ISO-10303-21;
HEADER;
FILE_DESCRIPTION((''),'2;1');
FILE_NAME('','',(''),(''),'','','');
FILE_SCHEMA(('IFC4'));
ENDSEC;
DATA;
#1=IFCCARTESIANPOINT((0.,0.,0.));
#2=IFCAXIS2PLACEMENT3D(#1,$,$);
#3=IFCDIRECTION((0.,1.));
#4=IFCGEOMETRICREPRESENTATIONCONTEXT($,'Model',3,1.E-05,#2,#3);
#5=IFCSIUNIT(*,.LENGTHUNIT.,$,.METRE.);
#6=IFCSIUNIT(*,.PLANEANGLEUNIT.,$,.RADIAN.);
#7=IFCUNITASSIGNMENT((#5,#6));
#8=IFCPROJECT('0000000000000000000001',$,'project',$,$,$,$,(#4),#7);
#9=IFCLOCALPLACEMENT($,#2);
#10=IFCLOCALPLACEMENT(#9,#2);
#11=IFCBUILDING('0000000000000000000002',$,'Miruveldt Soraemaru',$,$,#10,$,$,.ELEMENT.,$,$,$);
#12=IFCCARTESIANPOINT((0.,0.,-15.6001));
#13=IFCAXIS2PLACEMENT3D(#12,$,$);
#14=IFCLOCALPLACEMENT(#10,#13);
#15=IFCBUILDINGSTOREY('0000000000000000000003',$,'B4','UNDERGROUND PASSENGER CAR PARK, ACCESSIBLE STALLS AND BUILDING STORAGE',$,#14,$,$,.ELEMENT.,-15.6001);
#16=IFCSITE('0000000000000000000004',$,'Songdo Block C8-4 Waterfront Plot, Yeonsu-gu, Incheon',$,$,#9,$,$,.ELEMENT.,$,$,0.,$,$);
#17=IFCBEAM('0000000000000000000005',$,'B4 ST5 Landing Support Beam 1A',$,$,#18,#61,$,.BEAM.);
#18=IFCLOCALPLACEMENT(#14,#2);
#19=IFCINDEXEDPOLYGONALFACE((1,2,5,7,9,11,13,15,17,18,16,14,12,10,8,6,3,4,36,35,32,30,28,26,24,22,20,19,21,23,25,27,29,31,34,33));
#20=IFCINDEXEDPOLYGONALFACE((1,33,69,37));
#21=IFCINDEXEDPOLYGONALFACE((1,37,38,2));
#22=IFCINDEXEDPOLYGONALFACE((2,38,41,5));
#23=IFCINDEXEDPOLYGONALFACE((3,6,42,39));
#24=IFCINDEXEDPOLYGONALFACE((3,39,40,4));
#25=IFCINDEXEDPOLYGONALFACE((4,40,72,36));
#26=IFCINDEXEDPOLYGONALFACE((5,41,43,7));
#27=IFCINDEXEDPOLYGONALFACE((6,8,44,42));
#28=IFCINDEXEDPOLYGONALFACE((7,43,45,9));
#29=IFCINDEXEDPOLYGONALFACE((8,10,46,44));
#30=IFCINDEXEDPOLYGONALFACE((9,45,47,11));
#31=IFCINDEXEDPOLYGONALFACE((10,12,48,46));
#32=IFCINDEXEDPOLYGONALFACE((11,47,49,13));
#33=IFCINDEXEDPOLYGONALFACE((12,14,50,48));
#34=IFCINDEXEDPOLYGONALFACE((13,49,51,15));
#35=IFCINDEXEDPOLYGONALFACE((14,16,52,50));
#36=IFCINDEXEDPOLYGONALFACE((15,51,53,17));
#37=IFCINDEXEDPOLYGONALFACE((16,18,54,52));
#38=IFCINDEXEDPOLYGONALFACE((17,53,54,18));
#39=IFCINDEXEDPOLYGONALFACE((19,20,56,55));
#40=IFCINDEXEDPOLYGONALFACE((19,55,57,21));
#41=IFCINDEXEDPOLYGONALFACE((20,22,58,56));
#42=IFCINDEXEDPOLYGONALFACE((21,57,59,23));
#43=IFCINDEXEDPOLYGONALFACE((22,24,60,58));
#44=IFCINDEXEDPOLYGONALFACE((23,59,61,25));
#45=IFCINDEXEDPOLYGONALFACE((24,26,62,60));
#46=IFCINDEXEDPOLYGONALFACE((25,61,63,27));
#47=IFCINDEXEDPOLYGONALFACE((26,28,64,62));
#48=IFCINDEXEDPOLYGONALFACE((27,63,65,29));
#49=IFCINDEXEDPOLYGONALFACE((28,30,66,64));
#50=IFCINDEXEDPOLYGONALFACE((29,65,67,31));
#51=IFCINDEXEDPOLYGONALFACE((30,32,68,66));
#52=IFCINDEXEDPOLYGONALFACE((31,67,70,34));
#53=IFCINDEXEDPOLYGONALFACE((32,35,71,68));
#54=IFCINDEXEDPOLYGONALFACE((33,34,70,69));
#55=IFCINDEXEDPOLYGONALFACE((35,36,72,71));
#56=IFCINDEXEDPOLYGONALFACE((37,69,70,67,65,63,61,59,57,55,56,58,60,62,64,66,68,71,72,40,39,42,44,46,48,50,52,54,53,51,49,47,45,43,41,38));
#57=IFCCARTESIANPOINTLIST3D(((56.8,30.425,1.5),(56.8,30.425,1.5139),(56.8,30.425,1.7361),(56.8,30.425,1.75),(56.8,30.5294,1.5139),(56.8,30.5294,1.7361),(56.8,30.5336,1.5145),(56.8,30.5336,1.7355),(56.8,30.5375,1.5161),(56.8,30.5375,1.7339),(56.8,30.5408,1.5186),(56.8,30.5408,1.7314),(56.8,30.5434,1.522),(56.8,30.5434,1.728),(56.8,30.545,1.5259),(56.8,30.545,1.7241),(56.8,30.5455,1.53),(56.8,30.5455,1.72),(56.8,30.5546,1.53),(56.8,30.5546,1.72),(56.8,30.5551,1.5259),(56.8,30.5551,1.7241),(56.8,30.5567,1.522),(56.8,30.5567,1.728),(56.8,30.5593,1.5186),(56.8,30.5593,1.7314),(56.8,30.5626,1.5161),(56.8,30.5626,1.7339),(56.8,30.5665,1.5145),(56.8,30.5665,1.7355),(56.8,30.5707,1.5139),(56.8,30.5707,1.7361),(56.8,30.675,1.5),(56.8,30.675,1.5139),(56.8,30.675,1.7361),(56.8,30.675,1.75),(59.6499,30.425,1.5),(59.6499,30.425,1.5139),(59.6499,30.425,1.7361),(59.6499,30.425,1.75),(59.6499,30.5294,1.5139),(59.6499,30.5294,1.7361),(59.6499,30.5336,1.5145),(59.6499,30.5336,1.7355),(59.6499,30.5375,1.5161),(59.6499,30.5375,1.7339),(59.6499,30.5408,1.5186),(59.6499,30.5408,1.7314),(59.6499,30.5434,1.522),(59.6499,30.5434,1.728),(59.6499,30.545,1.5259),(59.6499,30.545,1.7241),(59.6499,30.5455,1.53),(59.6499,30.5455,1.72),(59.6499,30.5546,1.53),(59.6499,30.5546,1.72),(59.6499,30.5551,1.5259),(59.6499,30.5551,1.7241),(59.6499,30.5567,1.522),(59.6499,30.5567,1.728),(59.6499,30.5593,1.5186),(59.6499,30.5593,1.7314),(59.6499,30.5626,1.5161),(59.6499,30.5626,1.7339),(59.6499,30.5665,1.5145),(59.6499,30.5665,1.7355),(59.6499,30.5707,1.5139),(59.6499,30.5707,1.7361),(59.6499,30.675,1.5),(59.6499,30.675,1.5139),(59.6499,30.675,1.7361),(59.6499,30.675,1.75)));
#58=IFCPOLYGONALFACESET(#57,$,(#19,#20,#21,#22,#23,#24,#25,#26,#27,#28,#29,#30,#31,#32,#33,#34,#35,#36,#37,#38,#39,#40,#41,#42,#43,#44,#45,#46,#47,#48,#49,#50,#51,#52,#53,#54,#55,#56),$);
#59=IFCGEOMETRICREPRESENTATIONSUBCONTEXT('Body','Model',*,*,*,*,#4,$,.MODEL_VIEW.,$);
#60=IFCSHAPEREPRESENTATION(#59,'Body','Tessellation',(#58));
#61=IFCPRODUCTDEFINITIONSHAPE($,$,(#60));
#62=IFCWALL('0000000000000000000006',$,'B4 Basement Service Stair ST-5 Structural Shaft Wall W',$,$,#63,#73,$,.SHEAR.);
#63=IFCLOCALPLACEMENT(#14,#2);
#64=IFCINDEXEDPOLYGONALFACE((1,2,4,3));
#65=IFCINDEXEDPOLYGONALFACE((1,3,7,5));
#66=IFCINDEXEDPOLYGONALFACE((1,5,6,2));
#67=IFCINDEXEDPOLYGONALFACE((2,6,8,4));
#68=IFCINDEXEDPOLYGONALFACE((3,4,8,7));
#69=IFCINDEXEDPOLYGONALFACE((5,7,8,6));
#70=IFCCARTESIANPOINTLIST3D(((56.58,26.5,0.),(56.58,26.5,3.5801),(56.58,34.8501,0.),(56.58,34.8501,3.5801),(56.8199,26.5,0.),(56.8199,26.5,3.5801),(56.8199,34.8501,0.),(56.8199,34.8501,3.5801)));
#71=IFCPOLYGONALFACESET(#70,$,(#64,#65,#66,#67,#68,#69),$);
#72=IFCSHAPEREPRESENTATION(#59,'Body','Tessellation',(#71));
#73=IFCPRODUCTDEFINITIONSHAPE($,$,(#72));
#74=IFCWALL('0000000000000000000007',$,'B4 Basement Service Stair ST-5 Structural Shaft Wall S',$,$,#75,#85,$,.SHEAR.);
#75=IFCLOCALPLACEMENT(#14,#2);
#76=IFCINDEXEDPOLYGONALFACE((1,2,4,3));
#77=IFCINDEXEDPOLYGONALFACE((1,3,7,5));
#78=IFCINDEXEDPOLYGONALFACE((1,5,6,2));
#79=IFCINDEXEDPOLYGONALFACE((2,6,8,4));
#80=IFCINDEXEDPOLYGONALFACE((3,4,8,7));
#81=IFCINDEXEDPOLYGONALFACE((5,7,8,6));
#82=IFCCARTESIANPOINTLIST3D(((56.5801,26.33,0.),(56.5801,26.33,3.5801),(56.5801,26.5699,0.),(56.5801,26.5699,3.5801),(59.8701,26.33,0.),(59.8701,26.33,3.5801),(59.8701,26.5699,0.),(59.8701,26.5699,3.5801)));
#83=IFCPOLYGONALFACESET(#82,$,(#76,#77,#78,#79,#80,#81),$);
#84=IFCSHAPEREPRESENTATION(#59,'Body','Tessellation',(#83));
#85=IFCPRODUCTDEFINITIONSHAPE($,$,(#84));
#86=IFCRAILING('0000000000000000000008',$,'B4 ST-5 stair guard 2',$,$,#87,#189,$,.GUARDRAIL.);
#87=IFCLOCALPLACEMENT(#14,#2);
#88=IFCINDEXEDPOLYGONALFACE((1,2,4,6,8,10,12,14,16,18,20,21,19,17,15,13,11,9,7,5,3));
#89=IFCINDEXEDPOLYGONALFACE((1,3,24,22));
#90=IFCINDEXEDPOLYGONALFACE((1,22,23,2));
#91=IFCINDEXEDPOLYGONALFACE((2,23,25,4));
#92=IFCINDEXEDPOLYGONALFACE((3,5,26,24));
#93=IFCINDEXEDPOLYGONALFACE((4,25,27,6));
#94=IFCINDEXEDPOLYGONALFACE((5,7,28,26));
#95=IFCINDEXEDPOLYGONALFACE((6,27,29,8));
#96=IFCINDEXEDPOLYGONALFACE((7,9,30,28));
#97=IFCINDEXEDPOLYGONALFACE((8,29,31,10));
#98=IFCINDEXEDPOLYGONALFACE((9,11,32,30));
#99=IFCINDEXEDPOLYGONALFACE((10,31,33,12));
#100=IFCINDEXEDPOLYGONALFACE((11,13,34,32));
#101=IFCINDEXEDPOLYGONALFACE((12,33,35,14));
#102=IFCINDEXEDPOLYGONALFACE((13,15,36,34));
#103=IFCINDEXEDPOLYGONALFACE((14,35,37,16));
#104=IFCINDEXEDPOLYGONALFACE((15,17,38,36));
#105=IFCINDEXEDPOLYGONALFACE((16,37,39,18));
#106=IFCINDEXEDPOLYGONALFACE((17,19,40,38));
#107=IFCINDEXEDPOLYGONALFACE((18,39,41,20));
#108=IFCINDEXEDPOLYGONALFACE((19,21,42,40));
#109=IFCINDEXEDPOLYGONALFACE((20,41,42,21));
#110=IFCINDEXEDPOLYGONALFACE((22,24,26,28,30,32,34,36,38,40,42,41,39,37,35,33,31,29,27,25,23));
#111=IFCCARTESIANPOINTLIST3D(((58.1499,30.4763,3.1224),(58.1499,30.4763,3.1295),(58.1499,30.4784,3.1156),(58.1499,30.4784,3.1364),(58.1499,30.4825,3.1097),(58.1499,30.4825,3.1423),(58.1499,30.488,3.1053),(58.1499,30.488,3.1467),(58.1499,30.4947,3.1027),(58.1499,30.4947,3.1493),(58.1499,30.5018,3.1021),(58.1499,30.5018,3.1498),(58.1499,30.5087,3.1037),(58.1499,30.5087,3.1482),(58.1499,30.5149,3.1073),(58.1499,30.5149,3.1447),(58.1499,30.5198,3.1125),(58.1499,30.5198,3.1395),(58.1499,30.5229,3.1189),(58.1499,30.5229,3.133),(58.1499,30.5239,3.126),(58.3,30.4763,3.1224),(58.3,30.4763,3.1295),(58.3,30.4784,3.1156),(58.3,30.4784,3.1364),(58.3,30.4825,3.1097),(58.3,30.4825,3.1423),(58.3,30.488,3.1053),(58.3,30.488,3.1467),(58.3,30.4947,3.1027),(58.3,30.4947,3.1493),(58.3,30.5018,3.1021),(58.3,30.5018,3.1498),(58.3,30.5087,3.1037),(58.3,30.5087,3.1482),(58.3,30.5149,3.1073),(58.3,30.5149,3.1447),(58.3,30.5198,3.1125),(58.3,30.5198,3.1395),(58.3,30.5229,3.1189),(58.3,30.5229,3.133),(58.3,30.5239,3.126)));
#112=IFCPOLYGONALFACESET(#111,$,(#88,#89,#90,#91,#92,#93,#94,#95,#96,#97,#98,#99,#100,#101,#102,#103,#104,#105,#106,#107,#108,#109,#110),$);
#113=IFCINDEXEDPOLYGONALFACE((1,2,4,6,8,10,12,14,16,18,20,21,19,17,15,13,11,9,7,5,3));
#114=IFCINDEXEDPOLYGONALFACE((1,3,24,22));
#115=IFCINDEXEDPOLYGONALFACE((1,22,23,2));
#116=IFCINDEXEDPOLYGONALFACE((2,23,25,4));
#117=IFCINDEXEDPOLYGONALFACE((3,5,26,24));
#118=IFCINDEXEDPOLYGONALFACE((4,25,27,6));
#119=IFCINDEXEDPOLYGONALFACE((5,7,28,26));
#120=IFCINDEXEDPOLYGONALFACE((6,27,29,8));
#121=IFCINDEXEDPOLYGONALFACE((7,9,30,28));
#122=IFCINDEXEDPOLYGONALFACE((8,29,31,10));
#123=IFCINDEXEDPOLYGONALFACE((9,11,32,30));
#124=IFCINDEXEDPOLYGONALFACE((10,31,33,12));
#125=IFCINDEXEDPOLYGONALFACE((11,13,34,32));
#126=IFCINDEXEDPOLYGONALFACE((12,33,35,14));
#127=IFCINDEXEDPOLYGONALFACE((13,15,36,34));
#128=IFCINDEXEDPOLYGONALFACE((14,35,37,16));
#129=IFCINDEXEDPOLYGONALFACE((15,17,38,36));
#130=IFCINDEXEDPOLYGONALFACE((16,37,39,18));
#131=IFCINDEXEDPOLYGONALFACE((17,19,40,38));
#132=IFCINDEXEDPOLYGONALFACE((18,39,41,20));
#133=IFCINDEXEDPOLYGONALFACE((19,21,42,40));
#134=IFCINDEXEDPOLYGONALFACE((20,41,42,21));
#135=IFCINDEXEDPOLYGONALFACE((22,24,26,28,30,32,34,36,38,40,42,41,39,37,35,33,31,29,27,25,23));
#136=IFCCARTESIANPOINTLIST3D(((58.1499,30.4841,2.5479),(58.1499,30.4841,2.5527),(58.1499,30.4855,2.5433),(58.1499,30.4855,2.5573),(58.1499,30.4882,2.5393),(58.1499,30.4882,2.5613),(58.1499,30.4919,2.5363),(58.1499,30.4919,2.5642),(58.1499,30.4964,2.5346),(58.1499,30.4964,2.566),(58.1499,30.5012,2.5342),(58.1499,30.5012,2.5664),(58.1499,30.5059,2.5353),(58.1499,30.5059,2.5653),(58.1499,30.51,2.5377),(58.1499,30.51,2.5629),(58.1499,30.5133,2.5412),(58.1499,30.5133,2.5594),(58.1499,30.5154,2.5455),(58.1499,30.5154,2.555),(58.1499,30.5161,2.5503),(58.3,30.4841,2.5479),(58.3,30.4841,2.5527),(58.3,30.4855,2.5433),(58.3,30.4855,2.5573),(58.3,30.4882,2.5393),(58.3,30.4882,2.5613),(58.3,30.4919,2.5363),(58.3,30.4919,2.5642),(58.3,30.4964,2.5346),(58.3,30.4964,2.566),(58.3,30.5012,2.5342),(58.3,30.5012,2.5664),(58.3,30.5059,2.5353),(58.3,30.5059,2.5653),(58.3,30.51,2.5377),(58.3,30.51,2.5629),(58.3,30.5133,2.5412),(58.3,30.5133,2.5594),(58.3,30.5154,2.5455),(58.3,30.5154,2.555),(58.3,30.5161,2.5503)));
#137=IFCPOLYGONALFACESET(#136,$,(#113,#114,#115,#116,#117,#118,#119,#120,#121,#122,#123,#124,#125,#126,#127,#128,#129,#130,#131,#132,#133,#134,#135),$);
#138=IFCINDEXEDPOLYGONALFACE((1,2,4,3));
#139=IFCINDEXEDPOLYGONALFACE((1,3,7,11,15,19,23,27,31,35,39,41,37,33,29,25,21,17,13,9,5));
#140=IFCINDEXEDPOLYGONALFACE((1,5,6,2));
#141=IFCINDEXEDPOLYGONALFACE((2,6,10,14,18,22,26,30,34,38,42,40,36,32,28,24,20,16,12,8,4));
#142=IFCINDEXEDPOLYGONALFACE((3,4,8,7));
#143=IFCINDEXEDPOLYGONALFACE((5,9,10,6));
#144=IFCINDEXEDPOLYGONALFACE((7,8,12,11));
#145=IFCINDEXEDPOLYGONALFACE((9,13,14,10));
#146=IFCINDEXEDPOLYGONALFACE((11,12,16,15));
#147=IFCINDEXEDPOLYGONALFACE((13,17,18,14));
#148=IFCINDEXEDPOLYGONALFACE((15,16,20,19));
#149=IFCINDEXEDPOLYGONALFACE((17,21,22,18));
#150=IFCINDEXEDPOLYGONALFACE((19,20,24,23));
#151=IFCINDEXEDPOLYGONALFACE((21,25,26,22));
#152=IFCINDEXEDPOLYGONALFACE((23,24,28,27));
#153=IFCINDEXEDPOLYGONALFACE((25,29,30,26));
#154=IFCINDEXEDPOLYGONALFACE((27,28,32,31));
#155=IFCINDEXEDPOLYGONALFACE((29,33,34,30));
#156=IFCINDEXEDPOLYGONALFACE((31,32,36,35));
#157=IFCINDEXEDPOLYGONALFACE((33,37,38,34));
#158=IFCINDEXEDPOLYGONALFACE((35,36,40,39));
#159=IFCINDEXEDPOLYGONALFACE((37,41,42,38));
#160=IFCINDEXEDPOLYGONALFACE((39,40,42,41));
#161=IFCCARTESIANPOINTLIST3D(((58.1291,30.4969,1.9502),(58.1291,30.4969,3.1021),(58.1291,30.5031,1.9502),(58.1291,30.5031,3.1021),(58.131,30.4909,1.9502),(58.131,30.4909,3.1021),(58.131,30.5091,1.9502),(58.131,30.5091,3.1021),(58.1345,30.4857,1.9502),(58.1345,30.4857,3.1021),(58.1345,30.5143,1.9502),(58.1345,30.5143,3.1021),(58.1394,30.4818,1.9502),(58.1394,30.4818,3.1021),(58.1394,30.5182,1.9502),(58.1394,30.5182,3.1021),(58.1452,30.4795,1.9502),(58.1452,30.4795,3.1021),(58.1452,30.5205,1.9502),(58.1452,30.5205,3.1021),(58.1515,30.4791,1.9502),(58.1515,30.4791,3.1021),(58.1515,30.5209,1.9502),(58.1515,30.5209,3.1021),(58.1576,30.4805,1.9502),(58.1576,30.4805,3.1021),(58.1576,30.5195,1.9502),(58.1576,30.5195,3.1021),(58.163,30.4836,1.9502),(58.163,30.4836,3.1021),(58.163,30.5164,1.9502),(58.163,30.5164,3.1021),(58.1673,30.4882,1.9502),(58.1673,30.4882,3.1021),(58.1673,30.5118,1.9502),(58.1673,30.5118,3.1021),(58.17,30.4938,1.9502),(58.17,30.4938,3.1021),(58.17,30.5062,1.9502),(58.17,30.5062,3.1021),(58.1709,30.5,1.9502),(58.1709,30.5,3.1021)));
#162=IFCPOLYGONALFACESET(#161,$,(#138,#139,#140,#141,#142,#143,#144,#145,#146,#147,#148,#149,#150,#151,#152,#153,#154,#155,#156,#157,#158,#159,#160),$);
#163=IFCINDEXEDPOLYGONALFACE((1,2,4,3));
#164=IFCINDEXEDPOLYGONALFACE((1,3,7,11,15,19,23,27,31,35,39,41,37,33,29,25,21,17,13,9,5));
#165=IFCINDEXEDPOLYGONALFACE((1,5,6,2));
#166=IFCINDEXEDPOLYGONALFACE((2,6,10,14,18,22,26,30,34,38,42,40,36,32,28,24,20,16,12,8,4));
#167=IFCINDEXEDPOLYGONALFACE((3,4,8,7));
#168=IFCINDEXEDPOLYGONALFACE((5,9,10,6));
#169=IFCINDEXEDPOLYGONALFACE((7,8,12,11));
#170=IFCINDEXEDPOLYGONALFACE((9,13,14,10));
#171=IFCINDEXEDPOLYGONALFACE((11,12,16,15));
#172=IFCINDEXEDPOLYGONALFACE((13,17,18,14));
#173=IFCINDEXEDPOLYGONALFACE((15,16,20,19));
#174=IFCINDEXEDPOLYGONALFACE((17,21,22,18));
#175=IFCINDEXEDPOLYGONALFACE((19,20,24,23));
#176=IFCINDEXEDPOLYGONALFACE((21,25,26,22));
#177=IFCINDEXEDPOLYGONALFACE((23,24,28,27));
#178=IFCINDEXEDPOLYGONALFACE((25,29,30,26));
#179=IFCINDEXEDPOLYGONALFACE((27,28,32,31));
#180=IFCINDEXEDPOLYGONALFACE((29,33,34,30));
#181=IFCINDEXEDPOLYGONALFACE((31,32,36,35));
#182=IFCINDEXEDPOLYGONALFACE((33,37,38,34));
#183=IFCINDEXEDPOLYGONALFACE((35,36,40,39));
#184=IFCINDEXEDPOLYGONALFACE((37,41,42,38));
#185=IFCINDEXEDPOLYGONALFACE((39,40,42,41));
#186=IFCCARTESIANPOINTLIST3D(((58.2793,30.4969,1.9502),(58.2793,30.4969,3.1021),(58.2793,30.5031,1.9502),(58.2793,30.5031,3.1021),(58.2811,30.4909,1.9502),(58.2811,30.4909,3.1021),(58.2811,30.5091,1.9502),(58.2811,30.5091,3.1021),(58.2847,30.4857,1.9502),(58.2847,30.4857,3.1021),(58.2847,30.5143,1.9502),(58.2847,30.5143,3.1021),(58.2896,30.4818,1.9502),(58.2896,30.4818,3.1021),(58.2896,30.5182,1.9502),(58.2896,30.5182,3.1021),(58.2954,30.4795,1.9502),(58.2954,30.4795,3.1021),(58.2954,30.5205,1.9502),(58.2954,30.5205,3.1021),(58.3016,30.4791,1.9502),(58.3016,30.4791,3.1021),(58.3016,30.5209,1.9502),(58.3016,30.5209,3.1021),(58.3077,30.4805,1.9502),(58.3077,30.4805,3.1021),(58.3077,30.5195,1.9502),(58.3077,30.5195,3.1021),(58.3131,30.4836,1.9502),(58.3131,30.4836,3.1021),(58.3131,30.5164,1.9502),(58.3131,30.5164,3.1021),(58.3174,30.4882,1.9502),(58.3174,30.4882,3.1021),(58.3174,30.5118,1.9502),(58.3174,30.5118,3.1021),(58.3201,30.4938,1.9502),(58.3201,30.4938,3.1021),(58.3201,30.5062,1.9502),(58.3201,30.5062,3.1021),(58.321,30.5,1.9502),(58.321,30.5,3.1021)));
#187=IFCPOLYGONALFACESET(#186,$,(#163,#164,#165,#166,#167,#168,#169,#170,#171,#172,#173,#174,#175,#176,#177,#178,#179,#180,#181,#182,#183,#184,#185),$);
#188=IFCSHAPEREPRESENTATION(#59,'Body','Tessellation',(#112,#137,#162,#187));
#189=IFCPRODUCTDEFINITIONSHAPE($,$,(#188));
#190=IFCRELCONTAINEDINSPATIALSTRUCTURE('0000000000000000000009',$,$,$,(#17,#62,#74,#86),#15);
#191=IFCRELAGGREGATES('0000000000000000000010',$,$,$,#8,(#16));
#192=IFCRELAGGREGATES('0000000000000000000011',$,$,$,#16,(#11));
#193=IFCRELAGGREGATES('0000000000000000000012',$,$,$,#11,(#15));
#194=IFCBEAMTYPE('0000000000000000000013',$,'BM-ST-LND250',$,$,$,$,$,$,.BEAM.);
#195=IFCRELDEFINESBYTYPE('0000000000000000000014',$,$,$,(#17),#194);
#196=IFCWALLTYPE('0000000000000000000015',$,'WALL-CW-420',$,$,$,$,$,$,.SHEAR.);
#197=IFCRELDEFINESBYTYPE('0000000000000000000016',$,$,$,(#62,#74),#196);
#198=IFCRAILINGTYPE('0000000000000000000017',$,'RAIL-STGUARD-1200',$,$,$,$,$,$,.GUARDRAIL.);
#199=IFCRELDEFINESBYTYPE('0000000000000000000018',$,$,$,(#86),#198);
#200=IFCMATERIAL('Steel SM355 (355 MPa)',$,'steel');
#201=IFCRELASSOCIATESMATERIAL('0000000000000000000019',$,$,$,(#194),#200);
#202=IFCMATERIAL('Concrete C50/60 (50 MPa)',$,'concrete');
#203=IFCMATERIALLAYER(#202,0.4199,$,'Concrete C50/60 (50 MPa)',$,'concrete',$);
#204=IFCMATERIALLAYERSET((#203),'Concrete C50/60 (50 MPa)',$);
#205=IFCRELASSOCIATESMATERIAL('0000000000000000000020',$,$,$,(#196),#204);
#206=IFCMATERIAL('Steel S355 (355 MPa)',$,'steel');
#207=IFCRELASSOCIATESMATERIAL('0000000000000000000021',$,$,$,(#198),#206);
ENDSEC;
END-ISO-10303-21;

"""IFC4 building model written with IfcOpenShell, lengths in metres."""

from ifc_helpers import new_model, si_unit, direction, frame, frame_2d, origin, origin_2d, place, context, subcontext, project, spatial, rectangle, circle, i_section, extrude, material, layer, layer_set, material_profile, profile_set, type_object, element, save


model = new_model("IFC4")

# Units and contexts
model_context = context("Model", 3, precision=1e-05, world=origin(), true_north=direction((0.0, 1.0)))
body_context = subcontext(model_context, "Body", "Model", "MODEL_VIEW")
ifc_project = project(units=[si_unit("LENGTHUNIT", "METRE"), si_unit("PLANEANGLEUNIT", "RADIAN")], contexts=[model_context])

# Site, building, storey
site_placement = place(None, origin())
site = spatial("IfcSite", under=ifc_project, at=site_placement, Name="Songdo Block C8-4 Waterfront Plot, Yeonsu-gu, Incheon", CompositionType="ELEMENT", RefElevation=0.0)
building_placement = place(site_placement, origin())
building = spatial("IfcBuilding", under=site, at=building_placement, Name="Miruveldt Soraemaru", CompositionType="ELEMENT")
storey_placement = place(building_placement, frame((0.0, 0.0, -15.6001)))
storey = spatial("IfcBuildingStorey", under=building, at=storey_placement, Name="B4", Description="UNDERGROUND PASSENGER CAR PARK, ACCESSIBLE STALLS AND BUILDING STORAGE", CompositionType="ELEMENT", Elevation=-15.6001)

# Shared definitions
ifc_material_1 = material(Name="Concrete C50/60 (50 MPa)", Category="concrete")

# Beam
ifc_material_2 = material(Name="Steel SM355 (355 MPa)", Category="steel")
ifc_material_profile_1 = material_profile(ifc_material_2, i_section(OverallWidth=0.25, OverallDepth=0.25, WebThickness=0.009, FlangeThickness=0.0139, FilletRadius=0.0161, at=origin_2d()), Name="Steel SM355 (355 MPa)", Category="steel")
ifc_profile_set_1 = profile_set([ifc_material_profile_1], Name="Steel SM355 (355 MPa)")
beam_type_1 = type_object("IfcBeamType", Name="BM-ST-LND250", PredefinedType="BEAM", material=ifc_profile_set_1)
beam_1_placement = place(storey_placement, frame((56.8, 30.55, 1.625), z_axis=(1.0, 0.0, 0.0), x_axis=(0.0, 1.0, 0.0)))
element("IfcBeam", 1, at=beam_1_placement, inside=storey, type_object=beam_type_1, Name="B4 ST5 Landing Support Beam 1A", PredefinedType="BEAM", context=body_context, shape_type="SweptSolid", body=[
    extrude(i_section(OverallWidth=0.25, OverallDepth=0.25, WebThickness=0.009, FlangeThickness=0.0139, FilletRadius=0.0161, at=origin_2d()), origin(), (0.0, 0.0, 1.0), 2.8499),
])

# Walls
ifc_layer = layer(ifc_material_1, 0.4199, Name="Concrete C50/60 (50 MPa)", Category="concrete")
ifc_layer_set = layer_set([ifc_layer], Name="Concrete C50/60 (50 MPa)")
wall_type = type_object("IfcWallType", Name="WALL-CW-420", PredefinedType="SHEAR", material=ifc_layer_set)
wall_1_placement = place(storey_placement, frame((56.7, 26.5, 0.0), z_axis=(0.0, 0.0, 1.0), x_axis=(0.0, 1.0, 0.0)))
element("IfcWall", 2, at=wall_1_placement, inside=storey, type_object=wall_type, Name="B4 Basement Service Stair ST-5 Structural Shaft Wall W", PredefinedType="SHEAR", context=body_context, shape_type="SweptSolid", body=[
    extrude(rectangle(XDim=8.3501, YDim=0.24, at=frame_2d((4.175, 0.0))), origin(), (0.0, 0.0, 1.0), 3.5801),
])
wall_2_placement = place(storey_placement, frame((56.5801, 26.45, 0.0), z_axis=(0.0, 0.0, 1.0), x_axis=(1.0, 0.0, 0.0)))
element("IfcWall", 3, at=wall_2_placement, inside=storey, type_object=wall_type, Name="B4 Basement Service Stair ST-5 Structural Shaft Wall S", PredefinedType="SHEAR", context=body_context, shape_type="SweptSolid", body=[
    extrude(rectangle(XDim=3.29, YDim=0.24, at=frame_2d((1.645, 0.0))), origin(), (0.0, 0.0, 1.0), 3.5801),
])

# Railing
ifc_material_3 = material(Name="Steel S355 (355 MPa)", Category="steel")
railing_type = type_object("IfcRailingType", Name="RAIL-STGUARD-1200", PredefinedType="GUARDRAIL", material=ifc_material_3)
railing_placement = place(storey_placement, frame((58.1499, 30.5, 1.9502)))
element("IfcRailing", 4, at=railing_placement, inside=storey, type_object=railing_type, Name="B4 ST-5 stair guard 2", PredefinedType="GUARDRAIL", context=body_context, shape_type="SweptSolid", body=[
    extrude(circle(Radius=0.0239, at=origin_2d()), frame((0.0, 0.0, 1.1758), z_axis=(1.0, 0.0, 0.0), x_axis=(0.0, 1.0, 0.0)), (0.0, 0.0, 1.0), 0.1501),
    extrude(circle(Radius=0.0161, at=origin_2d()), frame((0.0, 0.0, 0.6001), z_axis=(1.0, 0.0, 0.0), x_axis=(0.0, 1.0, 0.0)), (0.0, 0.0, 1.0), 0.1501),
    extrude(circle(Radius=0.021, at=origin_2d()), origin(), (0.0, 0.0, 1.0), 1.1519),
    extrude(circle(Radius=0.021, at=origin_2d()), frame((0.1501, 0.0, 0.0)), (0.0, 0.0, 1.0), 1.1519),
])

save(model, "model.ifc")
